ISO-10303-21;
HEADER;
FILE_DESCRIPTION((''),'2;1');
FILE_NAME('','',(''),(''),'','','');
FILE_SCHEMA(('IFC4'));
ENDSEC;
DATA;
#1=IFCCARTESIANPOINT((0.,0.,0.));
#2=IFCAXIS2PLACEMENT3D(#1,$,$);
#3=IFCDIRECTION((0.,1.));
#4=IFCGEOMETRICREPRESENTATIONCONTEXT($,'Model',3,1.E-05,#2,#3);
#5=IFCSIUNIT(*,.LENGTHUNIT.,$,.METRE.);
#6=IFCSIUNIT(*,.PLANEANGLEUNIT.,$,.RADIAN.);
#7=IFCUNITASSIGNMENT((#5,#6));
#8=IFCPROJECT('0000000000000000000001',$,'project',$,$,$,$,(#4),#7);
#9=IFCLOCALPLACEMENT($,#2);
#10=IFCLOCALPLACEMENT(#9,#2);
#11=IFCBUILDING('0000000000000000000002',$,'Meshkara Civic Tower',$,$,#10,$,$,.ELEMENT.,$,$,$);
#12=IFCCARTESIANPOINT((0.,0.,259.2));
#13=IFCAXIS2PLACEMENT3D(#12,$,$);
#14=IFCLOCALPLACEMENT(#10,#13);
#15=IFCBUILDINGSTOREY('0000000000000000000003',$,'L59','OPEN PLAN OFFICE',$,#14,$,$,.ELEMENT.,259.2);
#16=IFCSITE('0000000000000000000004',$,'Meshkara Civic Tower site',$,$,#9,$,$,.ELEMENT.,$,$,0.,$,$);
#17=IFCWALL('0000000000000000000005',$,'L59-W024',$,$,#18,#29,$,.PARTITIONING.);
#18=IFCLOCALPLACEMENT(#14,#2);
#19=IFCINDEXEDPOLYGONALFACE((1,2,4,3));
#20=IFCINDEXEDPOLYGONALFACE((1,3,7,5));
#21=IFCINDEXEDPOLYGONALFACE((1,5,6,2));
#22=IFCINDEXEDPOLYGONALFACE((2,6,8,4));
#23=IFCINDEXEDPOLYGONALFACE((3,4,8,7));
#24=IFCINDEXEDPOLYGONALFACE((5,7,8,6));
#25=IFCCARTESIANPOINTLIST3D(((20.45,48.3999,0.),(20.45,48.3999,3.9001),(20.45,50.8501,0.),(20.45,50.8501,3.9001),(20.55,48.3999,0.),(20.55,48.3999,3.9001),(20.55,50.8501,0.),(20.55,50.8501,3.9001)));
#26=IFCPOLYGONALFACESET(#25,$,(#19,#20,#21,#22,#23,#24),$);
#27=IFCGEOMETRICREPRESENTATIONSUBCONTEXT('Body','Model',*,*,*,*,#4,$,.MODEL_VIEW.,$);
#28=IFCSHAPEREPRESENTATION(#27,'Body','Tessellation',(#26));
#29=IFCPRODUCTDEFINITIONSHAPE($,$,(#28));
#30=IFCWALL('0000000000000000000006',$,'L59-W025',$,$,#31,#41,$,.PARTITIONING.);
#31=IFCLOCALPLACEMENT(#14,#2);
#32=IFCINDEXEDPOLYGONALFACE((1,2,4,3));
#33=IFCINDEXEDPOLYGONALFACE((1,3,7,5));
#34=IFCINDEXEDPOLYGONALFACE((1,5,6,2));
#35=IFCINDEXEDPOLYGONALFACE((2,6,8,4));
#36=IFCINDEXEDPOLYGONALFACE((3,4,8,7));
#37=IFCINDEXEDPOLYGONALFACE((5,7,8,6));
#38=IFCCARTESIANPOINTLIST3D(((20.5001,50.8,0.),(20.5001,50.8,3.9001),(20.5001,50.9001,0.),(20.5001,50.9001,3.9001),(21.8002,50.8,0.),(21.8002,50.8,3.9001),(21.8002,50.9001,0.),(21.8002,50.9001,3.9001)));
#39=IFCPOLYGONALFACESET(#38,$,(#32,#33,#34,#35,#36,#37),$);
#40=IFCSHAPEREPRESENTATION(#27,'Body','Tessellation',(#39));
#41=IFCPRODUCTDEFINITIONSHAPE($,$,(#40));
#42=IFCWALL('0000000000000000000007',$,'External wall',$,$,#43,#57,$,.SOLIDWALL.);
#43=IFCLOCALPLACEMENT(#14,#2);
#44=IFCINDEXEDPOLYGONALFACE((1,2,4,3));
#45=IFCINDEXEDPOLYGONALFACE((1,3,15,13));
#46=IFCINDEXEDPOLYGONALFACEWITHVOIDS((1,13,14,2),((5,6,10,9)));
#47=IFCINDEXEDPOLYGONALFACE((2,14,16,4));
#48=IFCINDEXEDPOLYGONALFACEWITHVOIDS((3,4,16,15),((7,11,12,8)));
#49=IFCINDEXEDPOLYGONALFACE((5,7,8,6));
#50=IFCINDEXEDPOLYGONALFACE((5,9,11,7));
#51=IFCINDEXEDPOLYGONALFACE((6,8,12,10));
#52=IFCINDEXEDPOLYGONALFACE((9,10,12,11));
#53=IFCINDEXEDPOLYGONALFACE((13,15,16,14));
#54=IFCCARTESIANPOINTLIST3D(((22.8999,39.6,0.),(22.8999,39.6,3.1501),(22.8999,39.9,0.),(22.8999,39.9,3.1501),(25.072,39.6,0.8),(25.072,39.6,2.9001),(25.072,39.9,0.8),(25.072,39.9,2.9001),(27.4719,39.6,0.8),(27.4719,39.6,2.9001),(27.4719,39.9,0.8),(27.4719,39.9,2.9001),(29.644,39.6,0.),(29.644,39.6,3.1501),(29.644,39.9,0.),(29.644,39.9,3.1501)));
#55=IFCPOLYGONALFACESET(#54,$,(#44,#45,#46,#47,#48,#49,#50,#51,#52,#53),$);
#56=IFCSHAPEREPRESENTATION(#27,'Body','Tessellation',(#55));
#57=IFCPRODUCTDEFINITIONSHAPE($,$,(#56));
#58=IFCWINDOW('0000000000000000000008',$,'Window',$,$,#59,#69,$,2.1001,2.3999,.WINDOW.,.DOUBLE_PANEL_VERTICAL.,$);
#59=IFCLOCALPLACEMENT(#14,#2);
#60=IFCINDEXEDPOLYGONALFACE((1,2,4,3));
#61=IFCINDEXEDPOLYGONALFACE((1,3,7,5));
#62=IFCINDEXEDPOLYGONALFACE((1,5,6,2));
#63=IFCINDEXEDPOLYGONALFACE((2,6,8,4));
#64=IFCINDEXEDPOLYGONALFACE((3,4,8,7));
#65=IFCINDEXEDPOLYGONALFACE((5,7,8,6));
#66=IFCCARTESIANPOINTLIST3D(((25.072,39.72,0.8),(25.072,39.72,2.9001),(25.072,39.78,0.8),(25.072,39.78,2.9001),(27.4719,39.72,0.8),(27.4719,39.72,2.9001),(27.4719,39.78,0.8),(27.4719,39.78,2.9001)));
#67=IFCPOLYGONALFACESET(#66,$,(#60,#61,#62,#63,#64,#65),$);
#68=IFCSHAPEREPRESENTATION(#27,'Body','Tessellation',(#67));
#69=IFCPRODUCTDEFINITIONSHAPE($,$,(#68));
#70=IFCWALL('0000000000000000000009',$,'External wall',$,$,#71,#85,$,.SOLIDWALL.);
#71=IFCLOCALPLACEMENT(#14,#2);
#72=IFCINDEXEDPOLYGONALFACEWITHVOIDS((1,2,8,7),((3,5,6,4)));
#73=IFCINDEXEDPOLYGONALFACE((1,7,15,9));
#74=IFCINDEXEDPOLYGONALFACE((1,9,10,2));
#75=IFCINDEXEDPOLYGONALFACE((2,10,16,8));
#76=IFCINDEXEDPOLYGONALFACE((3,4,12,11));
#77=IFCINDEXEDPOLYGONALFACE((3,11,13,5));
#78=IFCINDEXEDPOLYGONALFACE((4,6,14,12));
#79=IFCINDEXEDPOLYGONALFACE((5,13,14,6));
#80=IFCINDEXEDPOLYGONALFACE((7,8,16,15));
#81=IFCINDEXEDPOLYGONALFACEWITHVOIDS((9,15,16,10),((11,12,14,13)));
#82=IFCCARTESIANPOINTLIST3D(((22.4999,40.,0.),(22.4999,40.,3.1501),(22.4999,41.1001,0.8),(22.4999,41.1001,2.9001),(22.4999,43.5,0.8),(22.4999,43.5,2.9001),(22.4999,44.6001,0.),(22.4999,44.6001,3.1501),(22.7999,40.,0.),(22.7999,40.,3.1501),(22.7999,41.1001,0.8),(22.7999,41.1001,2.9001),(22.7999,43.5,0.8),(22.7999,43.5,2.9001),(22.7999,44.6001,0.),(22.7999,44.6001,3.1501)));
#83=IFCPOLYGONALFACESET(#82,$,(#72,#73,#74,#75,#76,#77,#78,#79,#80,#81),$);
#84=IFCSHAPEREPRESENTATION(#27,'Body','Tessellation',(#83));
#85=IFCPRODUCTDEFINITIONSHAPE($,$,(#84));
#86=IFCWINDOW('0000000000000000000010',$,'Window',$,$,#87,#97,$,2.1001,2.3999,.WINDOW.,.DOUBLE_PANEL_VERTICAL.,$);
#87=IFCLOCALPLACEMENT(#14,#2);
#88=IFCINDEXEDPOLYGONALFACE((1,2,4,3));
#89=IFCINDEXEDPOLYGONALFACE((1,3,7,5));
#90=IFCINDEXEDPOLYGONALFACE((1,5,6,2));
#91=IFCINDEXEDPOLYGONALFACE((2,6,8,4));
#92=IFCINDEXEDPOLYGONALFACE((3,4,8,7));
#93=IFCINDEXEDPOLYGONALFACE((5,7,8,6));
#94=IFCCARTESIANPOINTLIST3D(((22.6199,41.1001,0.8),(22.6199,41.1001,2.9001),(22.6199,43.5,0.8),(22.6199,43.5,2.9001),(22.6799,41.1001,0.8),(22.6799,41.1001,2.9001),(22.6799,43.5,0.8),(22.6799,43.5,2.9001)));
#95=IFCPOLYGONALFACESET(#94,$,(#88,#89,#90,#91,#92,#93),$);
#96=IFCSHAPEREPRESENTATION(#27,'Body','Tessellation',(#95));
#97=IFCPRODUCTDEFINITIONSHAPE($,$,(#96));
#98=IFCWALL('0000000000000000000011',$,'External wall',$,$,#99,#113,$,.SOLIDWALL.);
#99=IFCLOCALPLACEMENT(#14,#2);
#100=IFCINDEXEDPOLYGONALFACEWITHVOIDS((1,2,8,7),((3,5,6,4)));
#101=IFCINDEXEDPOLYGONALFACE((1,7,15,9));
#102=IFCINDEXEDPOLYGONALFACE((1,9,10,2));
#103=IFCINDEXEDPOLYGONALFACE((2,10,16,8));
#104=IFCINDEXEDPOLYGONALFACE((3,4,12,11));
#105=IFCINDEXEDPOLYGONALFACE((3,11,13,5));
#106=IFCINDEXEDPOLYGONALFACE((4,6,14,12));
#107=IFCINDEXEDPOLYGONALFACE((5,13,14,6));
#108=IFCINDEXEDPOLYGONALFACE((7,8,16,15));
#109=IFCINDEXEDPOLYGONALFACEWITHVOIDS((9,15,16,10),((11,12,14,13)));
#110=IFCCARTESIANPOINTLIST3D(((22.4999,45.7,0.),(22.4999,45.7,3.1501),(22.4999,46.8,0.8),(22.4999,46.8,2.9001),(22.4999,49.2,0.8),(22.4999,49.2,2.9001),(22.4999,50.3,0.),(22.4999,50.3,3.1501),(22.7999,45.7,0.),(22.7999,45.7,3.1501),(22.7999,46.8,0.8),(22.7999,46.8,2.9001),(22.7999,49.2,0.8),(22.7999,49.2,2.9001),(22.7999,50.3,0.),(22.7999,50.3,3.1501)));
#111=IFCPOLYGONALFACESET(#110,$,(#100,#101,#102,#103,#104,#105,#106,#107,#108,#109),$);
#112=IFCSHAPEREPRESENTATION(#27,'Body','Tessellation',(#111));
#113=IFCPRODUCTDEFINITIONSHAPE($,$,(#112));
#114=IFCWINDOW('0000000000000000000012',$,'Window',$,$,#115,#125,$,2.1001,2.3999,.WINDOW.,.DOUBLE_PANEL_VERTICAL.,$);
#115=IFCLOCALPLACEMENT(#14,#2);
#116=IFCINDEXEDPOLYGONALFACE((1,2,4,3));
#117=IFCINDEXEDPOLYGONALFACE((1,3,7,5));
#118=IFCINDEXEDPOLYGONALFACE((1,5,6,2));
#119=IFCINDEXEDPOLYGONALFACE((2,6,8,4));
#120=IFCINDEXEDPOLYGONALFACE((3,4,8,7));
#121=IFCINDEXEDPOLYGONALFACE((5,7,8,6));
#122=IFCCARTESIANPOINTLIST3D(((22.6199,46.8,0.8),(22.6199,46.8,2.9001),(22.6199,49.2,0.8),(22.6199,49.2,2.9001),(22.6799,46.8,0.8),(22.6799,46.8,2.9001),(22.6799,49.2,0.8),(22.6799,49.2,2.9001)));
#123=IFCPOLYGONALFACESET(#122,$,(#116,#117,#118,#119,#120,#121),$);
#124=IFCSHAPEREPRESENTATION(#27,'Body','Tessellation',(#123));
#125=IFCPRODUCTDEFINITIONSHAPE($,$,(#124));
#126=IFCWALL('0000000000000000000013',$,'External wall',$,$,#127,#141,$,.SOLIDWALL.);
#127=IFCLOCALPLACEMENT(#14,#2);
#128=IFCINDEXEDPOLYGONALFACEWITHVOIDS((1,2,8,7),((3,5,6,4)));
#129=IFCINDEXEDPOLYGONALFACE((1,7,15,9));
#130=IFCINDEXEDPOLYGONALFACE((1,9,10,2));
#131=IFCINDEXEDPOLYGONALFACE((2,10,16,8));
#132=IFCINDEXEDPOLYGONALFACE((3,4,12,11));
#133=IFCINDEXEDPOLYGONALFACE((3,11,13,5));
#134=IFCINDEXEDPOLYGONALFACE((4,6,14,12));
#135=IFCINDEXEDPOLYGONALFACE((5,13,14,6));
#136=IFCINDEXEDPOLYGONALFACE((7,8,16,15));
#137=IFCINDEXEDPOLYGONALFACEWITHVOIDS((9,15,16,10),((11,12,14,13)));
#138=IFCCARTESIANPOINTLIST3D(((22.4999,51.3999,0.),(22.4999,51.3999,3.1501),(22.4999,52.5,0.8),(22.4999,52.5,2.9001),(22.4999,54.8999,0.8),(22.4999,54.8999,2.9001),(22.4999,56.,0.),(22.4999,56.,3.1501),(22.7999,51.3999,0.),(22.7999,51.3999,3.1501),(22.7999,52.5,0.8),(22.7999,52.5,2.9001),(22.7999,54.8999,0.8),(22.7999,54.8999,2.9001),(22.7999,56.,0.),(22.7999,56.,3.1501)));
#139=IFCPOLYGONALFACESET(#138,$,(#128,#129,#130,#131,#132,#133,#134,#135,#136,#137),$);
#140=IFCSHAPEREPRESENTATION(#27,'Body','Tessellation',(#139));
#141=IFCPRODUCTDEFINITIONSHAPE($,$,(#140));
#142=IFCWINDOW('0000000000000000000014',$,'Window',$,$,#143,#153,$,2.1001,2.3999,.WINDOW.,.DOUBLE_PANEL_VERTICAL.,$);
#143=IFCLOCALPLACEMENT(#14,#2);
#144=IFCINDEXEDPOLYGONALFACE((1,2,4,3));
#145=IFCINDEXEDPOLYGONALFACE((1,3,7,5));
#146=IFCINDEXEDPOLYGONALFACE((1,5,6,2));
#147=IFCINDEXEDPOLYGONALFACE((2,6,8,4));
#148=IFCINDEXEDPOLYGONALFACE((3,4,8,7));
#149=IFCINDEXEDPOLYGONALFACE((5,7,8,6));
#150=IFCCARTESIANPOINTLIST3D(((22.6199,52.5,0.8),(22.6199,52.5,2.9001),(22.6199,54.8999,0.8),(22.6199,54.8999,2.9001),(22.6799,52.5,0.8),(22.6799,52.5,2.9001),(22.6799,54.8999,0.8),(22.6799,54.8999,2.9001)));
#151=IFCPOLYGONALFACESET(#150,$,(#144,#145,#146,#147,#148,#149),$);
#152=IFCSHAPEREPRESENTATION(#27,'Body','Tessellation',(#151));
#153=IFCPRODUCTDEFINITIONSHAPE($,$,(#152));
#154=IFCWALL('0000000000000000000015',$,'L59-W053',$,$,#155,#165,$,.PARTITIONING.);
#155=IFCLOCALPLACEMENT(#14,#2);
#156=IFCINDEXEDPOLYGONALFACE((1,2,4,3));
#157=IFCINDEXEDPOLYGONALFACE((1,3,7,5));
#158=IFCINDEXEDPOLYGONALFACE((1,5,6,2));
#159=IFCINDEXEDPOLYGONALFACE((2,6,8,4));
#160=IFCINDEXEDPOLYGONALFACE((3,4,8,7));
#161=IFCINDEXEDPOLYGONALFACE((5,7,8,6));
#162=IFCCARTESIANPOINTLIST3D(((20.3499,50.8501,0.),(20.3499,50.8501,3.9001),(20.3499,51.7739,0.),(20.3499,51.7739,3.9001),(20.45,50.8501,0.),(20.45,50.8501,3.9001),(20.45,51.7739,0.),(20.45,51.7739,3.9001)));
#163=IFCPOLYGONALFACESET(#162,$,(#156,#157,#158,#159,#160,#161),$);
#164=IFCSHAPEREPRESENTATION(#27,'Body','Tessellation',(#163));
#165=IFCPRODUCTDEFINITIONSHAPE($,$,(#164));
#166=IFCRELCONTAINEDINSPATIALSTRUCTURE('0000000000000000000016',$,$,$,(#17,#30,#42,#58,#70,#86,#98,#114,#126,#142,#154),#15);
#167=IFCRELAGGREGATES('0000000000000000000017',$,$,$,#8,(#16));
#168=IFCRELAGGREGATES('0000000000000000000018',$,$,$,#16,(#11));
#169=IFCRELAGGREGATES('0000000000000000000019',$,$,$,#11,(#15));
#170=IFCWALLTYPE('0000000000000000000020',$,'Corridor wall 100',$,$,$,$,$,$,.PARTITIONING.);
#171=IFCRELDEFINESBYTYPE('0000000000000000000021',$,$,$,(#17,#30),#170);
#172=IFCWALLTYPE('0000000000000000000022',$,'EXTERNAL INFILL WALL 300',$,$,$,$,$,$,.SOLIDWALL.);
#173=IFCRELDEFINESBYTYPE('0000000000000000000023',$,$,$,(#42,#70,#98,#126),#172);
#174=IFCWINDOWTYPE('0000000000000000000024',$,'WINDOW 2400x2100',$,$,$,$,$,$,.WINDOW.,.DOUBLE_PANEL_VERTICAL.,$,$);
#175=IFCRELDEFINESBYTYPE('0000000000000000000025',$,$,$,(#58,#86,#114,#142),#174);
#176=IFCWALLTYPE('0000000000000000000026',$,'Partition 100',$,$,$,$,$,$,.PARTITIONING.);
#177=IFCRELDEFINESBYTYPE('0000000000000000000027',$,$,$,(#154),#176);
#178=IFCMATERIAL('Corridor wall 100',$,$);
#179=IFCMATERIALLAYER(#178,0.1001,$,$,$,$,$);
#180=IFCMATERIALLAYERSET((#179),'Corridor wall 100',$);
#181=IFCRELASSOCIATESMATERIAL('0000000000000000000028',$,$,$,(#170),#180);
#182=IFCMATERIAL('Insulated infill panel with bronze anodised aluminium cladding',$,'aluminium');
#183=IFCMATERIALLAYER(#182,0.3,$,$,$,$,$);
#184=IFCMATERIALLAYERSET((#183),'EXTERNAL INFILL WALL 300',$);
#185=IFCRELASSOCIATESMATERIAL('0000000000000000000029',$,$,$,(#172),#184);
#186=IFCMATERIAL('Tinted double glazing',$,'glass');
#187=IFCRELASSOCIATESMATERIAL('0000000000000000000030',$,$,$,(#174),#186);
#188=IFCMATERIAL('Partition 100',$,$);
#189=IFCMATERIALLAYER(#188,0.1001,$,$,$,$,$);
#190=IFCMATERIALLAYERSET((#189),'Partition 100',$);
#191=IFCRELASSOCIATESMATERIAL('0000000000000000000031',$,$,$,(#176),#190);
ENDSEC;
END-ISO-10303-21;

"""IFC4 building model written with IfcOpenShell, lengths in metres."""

from ifc_helpers import new_model, si_unit, direction, frame, frame_2d, origin, place, context, subcontext, project, spatial, rectangle, extrude, material, layer, layer_set, type_object, element, fill, save


model = new_model("IFC4")

# Units and contexts
model_context = context("Model", 3, precision=1e-05, world=origin(), true_north=direction((0.0, 1.0)))
body_context = subcontext(model_context, "Body", "Model", "MODEL_VIEW")
ifc_project = project(units=[si_unit("LENGTHUNIT", "METRE"), si_unit("PLANEANGLEUNIT", "RADIAN")], contexts=[model_context])

# Site, building, storey
site_placement = place(None, origin())
site = spatial("IfcSite", under=ifc_project, at=site_placement, Name="Meshkara Civic Tower site", CompositionType="ELEMENT", RefElevation=0.0)
building_placement = place(site_placement, origin())
building = spatial("IfcBuilding", under=site, at=building_placement, Name="Meshkara Civic Tower", CompositionType="ELEMENT")
storey_placement = place(building_placement, frame((0.0, 0.0, 259.2)))
storey = spatial("IfcBuildingStorey", under=building, at=storey_placement, Name="L59", Description="OPEN PLAN OFFICE", CompositionType="ELEMENT", Elevation=259.2)

# Shared definitions
ifc_material_1 = material(Name="Corridor wall 100")
ifc_layer_1 = layer(ifc_material_1, 0.1001)
ifc_layer_set_1 = layer_set([ifc_layer_1], Name="Corridor wall 100")
wall_type_1 = type_object("IfcWallType", Name="Corridor wall 100", PredefinedType="PARTITIONING", material=ifc_layer_set_1)

# Walls
wall_1_placement = place(storey_placement, frame((20.5, 50.8501, 0.0), z_axis=(0.0, 0.0, 1.0), x_axis=(0.0, -1.0, 0.0)))
element("IfcWall", 1, at=wall_1_placement, inside=storey, type_object=wall_type_1, Name="L59-W024", PredefinedType="PARTITIONING", context=body_context, shape_type="SweptSolid", body=[
    extrude(rectangle(XDim=2.4502, YDim=0.1001, at=frame_2d((1.2251, 0.0))), origin(), (0.0, 0.0, 1.0), 3.9001),
])
wall_2_placement = place(storey_placement, frame((21.8, 50.8501, 0.0), z_axis=(0.0, 0.0, 1.0), x_axis=(-1.0, 0.0, 0.0)))
element("IfcWall", 2, at=wall_2_placement, inside=storey, type_object=wall_type_1, Name="L59-W025", PredefinedType="PARTITIONING", context=body_context, shape_type="SweptSolid", body=[
    extrude(rectangle(XDim=1.3, YDim=0.1001, at=frame_2d((0.6499, 0.0))), origin(), (0.0, 0.0, 1.0), 3.9001),
])

# Walls, openings, windows
ifc_material_2 = material(Name="Insulated infill panel with bronze anodised aluminium cladding", Category="aluminium")
ifc_layer_2 = layer(ifc_material_2, 0.3)
ifc_layer_set_2 = layer_set([ifc_layer_2], Name="EXTERNAL INFILL WALL 300")
wall_type_2 = type_object("IfcWallType", Name="EXTERNAL INFILL WALL 300", PredefinedType="SOLIDWALL", material=ifc_layer_set_2)
wall_3_placement = place(storey_placement, frame((29.644, 39.75, 0.0), z_axis=(0.0, 0.0, 1.0), x_axis=(-1.0, 0.0, 0.0)))
wall_3 = element("IfcWall", 3, at=wall_3_placement, inside=storey, type_object=wall_type_2, Name="External wall", PredefinedType="SOLIDWALL", context=body_context, shape_type="SweptSolid", body=[
    extrude(rectangle(XDim=6.7441, YDim=0.3, at=frame_2d((3.3721, 0.0))), origin(), (0.0, 0.0, 1.0), 3.1501),
])
opening_1_placement = place(wall_3_placement, frame((2.1721, 0.0, 0.8)))
opening_1 = element("IfcOpeningElement", 4, at=opening_1_placement, cuts=wall_3, PredefinedType="OPENING", context=body_context, shape_type="SweptSolid", body=[
    extrude(rectangle(XDim=2.3999, YDim=2.1001, at=frame_2d((1.2, 1.05))), frame((0.0, 0.1599, 0.0), z_axis=(0.0, -1.0, 0.0), x_axis=(1.0, 0.0, 0.0)), (0.0, 0.0, 1.0), 0.3201),
])
ifc_material_3 = material(Name="Tinted double glazing", Category="glass")
window_type = type_object("IfcWindowType", Name="WINDOW 2400x2100", PartitioningType="DOUBLE_PANEL_VERTICAL", PredefinedType="WINDOW", material=ifc_material_3)
window_1_placement = place(opening_1_placement, origin())
window_1 = element("IfcWindow", 5, at=window_1_placement, inside=storey, type_object=window_type, Name="Window", OverallHeight=2.1001, OverallWidth=2.3999, PartitioningType="DOUBLE_PANEL_VERTICAL", PredefinedType="WINDOW", context=body_context, shape_type="SweptSolid", body=[
    extrude(rectangle(XDim=2.3999, YDim=2.1001, at=frame_2d((1.2, 1.05))), frame((0.0, 0.03, 0.0), z_axis=(0.0, -1.0, 0.0), x_axis=(1.0, 0.0, 0.0)), (0.0, 0.0, 1.0), 0.0601),
])
fill(opening_1, window_1)
wall_4_placement = place(storey_placement, frame((22.6499, 40.0, 0.0), z_axis=(0.0, 0.0, 1.0), x_axis=(0.0, 1.0, 0.0)))
wall_4 = element("IfcWall", 6, at=wall_4_placement, inside=storey, type_object=wall_type_2, Name="External wall", PredefinedType="SOLIDWALL", context=body_context, shape_type="SweptSolid", body=[
    extrude(rectangle(XDim=4.6001, YDim=0.3, at=frame_2d((2.3, 0.0))), origin(), (0.0, 0.0, 1.0), 3.1501),
])
opening_2_placement = place(wall_4_placement, frame((1.1001, 0.0, 0.8)))
opening_2 = element("IfcOpeningElement", 7, at=opening_2_placement, cuts=wall_4, PredefinedType="OPENING", context=body_context, shape_type="SweptSolid", body=[
    extrude(rectangle(XDim=2.3999, YDim=2.1001, at=frame_2d((1.2, 1.05))), frame((0.0, 0.1599, 0.0), z_axis=(0.0, -1.0, 0.0), x_axis=(1.0, 0.0, 0.0)), (0.0, 0.0, 1.0), 0.3201),
])
window_2_placement = place(opening_2_placement, origin())
window_2 = element("IfcWindow", 8, at=window_2_placement, inside=storey, type_object=window_type, Name="Window", OverallHeight=2.1001, OverallWidth=2.3999, PartitioningType="DOUBLE_PANEL_VERTICAL", PredefinedType="WINDOW", context=body_context, shape_type="SweptSolid", body=[
    extrude(rectangle(XDim=2.3999, YDim=2.1001, at=frame_2d((1.2, 1.05))), frame((0.0, 0.03, 0.0), z_axis=(0.0, -1.0, 0.0), x_axis=(1.0, 0.0, 0.0)), (0.0, 0.0, 1.0), 0.0601),
])
fill(opening_2, window_2)
wall_5_placement = place(storey_placement, frame((22.6499, 45.7, 0.0), z_axis=(0.0, 0.0, 1.0), x_axis=(0.0, 1.0, 0.0)))
wall_5 = element("IfcWall", 9, at=wall_5_placement, inside=storey, type_object=wall_type_2, Name="External wall", PredefinedType="SOLIDWALL", context=body_context, shape_type="SweptSolid", body=[
    extrude(rectangle(XDim=4.6001, YDim=0.3, at=frame_2d((2.3, 0.0))), origin(), (0.0, 0.0, 1.0), 3.1501),
])
opening_3_placement = place(wall_5_placement, frame((1.1001, 0.0, 0.8)))
opening_3 = element("IfcOpeningElement", 10, at=opening_3_placement, cuts=wall_5, PredefinedType="OPENING", context=body_context, shape_type="SweptSolid", body=[
    extrude(rectangle(XDim=2.3999, YDim=2.1001, at=frame_2d((1.2, 1.05))), frame((0.0, 0.1599, 0.0), z_axis=(0.0, -1.0, 0.0), x_axis=(1.0, 0.0, 0.0)), (0.0, 0.0, 1.0), 0.3201),
])
window_3_placement = place(opening_3_placement, origin())
window_3 = element("IfcWindow", 11, at=window_3_placement, inside=storey, type_object=window_type, Name="Window", OverallHeight=2.1001, OverallWidth=2.3999, PartitioningType="DOUBLE_PANEL_VERTICAL", PredefinedType="WINDOW", context=body_context, shape_type="SweptSolid", body=[
    extrude(rectangle(XDim=2.3999, YDim=2.1001, at=frame_2d((1.2, 1.05))), frame((0.0, 0.03, 0.0), z_axis=(0.0, -1.0, 0.0), x_axis=(1.0, 0.0, 0.0)), (0.0, 0.0, 1.0), 0.0601),
])
fill(opening_3, window_3)
wall_6_placement = place(storey_placement, frame((22.6499, 51.3999, 0.0), z_axis=(0.0, 0.0, 1.0), x_axis=(0.0, 1.0, 0.0)))
wall_6 = element("IfcWall", 12, at=wall_6_placement, inside=storey, type_object=wall_type_2, Name="External wall", PredefinedType="SOLIDWALL", context=body_context, shape_type="SweptSolid", body=[
    extrude(rectangle(XDim=4.6001, YDim=0.3, at=frame_2d((2.3, 0.0))), origin(), (0.0, 0.0, 1.0), 3.1501),
])
opening_4_placement = place(wall_6_placement, frame((1.1001, 0.0, 0.8)))
opening_4 = element("IfcOpeningElement", 13, at=opening_4_placement, cuts=wall_6, PredefinedType="OPENING", context=body_context, shape_type="SweptSolid", body=[
    extrude(rectangle(XDim=2.3999, YDim=2.1001, at=frame_2d((1.2, 1.05))), frame((0.0, 0.1599, 0.0), z_axis=(0.0, -1.0, 0.0), x_axis=(1.0, 0.0, 0.0)), (0.0, 0.0, 1.0), 0.3201),
])
window_4_placement = place(opening_4_placement, origin())
window_4 = element("IfcWindow", 14, at=window_4_placement, inside=storey, type_object=window_type, Name="Window", OverallHeight=2.1001, OverallWidth=2.3999, PartitioningType="DOUBLE_PANEL_VERTICAL", PredefinedType="WINDOW", context=body_context, shape_type="SweptSolid", body=[
    extrude(rectangle(XDim=2.3999, YDim=2.1001, at=frame_2d((1.2, 1.05))), frame((0.0, 0.03, 0.0), z_axis=(0.0, -1.0, 0.0), x_axis=(1.0, 0.0, 0.0)), (0.0, 0.0, 1.0), 0.0601),
])
fill(opening_4, window_4)

# Wall
ifc_material_4 = material(Name="Partition 100")
ifc_layer_3 = layer(ifc_material_4, 0.1001)
ifc_layer_set_3 = layer_set([ifc_layer_3], Name="Partition 100")
wall_type_3 = type_object("IfcWallType", Name="Partition 100", PredefinedType="PARTITIONING", material=ifc_layer_set_3)
wall_7_placement = place(storey_placement, frame((20.3999, 50.8501, 0.0), z_axis=(0.0, 0.0, 1.0), x_axis=(0.0, 1.0, 0.0)))
element("IfcWall", 15, at=wall_7_placement, inside=storey, type_object=wall_type_3, Name="L59-W053", PredefinedType="PARTITIONING", context=body_context, shape_type="SweptSolid", body=[
    extrude(rectangle(XDim=0.9238, YDim=0.1001, at=frame_2d((0.4619, 0.0))), origin(), (0.0, 0.0, 1.0), 3.9001),
])

save(model, "model.ifc")
